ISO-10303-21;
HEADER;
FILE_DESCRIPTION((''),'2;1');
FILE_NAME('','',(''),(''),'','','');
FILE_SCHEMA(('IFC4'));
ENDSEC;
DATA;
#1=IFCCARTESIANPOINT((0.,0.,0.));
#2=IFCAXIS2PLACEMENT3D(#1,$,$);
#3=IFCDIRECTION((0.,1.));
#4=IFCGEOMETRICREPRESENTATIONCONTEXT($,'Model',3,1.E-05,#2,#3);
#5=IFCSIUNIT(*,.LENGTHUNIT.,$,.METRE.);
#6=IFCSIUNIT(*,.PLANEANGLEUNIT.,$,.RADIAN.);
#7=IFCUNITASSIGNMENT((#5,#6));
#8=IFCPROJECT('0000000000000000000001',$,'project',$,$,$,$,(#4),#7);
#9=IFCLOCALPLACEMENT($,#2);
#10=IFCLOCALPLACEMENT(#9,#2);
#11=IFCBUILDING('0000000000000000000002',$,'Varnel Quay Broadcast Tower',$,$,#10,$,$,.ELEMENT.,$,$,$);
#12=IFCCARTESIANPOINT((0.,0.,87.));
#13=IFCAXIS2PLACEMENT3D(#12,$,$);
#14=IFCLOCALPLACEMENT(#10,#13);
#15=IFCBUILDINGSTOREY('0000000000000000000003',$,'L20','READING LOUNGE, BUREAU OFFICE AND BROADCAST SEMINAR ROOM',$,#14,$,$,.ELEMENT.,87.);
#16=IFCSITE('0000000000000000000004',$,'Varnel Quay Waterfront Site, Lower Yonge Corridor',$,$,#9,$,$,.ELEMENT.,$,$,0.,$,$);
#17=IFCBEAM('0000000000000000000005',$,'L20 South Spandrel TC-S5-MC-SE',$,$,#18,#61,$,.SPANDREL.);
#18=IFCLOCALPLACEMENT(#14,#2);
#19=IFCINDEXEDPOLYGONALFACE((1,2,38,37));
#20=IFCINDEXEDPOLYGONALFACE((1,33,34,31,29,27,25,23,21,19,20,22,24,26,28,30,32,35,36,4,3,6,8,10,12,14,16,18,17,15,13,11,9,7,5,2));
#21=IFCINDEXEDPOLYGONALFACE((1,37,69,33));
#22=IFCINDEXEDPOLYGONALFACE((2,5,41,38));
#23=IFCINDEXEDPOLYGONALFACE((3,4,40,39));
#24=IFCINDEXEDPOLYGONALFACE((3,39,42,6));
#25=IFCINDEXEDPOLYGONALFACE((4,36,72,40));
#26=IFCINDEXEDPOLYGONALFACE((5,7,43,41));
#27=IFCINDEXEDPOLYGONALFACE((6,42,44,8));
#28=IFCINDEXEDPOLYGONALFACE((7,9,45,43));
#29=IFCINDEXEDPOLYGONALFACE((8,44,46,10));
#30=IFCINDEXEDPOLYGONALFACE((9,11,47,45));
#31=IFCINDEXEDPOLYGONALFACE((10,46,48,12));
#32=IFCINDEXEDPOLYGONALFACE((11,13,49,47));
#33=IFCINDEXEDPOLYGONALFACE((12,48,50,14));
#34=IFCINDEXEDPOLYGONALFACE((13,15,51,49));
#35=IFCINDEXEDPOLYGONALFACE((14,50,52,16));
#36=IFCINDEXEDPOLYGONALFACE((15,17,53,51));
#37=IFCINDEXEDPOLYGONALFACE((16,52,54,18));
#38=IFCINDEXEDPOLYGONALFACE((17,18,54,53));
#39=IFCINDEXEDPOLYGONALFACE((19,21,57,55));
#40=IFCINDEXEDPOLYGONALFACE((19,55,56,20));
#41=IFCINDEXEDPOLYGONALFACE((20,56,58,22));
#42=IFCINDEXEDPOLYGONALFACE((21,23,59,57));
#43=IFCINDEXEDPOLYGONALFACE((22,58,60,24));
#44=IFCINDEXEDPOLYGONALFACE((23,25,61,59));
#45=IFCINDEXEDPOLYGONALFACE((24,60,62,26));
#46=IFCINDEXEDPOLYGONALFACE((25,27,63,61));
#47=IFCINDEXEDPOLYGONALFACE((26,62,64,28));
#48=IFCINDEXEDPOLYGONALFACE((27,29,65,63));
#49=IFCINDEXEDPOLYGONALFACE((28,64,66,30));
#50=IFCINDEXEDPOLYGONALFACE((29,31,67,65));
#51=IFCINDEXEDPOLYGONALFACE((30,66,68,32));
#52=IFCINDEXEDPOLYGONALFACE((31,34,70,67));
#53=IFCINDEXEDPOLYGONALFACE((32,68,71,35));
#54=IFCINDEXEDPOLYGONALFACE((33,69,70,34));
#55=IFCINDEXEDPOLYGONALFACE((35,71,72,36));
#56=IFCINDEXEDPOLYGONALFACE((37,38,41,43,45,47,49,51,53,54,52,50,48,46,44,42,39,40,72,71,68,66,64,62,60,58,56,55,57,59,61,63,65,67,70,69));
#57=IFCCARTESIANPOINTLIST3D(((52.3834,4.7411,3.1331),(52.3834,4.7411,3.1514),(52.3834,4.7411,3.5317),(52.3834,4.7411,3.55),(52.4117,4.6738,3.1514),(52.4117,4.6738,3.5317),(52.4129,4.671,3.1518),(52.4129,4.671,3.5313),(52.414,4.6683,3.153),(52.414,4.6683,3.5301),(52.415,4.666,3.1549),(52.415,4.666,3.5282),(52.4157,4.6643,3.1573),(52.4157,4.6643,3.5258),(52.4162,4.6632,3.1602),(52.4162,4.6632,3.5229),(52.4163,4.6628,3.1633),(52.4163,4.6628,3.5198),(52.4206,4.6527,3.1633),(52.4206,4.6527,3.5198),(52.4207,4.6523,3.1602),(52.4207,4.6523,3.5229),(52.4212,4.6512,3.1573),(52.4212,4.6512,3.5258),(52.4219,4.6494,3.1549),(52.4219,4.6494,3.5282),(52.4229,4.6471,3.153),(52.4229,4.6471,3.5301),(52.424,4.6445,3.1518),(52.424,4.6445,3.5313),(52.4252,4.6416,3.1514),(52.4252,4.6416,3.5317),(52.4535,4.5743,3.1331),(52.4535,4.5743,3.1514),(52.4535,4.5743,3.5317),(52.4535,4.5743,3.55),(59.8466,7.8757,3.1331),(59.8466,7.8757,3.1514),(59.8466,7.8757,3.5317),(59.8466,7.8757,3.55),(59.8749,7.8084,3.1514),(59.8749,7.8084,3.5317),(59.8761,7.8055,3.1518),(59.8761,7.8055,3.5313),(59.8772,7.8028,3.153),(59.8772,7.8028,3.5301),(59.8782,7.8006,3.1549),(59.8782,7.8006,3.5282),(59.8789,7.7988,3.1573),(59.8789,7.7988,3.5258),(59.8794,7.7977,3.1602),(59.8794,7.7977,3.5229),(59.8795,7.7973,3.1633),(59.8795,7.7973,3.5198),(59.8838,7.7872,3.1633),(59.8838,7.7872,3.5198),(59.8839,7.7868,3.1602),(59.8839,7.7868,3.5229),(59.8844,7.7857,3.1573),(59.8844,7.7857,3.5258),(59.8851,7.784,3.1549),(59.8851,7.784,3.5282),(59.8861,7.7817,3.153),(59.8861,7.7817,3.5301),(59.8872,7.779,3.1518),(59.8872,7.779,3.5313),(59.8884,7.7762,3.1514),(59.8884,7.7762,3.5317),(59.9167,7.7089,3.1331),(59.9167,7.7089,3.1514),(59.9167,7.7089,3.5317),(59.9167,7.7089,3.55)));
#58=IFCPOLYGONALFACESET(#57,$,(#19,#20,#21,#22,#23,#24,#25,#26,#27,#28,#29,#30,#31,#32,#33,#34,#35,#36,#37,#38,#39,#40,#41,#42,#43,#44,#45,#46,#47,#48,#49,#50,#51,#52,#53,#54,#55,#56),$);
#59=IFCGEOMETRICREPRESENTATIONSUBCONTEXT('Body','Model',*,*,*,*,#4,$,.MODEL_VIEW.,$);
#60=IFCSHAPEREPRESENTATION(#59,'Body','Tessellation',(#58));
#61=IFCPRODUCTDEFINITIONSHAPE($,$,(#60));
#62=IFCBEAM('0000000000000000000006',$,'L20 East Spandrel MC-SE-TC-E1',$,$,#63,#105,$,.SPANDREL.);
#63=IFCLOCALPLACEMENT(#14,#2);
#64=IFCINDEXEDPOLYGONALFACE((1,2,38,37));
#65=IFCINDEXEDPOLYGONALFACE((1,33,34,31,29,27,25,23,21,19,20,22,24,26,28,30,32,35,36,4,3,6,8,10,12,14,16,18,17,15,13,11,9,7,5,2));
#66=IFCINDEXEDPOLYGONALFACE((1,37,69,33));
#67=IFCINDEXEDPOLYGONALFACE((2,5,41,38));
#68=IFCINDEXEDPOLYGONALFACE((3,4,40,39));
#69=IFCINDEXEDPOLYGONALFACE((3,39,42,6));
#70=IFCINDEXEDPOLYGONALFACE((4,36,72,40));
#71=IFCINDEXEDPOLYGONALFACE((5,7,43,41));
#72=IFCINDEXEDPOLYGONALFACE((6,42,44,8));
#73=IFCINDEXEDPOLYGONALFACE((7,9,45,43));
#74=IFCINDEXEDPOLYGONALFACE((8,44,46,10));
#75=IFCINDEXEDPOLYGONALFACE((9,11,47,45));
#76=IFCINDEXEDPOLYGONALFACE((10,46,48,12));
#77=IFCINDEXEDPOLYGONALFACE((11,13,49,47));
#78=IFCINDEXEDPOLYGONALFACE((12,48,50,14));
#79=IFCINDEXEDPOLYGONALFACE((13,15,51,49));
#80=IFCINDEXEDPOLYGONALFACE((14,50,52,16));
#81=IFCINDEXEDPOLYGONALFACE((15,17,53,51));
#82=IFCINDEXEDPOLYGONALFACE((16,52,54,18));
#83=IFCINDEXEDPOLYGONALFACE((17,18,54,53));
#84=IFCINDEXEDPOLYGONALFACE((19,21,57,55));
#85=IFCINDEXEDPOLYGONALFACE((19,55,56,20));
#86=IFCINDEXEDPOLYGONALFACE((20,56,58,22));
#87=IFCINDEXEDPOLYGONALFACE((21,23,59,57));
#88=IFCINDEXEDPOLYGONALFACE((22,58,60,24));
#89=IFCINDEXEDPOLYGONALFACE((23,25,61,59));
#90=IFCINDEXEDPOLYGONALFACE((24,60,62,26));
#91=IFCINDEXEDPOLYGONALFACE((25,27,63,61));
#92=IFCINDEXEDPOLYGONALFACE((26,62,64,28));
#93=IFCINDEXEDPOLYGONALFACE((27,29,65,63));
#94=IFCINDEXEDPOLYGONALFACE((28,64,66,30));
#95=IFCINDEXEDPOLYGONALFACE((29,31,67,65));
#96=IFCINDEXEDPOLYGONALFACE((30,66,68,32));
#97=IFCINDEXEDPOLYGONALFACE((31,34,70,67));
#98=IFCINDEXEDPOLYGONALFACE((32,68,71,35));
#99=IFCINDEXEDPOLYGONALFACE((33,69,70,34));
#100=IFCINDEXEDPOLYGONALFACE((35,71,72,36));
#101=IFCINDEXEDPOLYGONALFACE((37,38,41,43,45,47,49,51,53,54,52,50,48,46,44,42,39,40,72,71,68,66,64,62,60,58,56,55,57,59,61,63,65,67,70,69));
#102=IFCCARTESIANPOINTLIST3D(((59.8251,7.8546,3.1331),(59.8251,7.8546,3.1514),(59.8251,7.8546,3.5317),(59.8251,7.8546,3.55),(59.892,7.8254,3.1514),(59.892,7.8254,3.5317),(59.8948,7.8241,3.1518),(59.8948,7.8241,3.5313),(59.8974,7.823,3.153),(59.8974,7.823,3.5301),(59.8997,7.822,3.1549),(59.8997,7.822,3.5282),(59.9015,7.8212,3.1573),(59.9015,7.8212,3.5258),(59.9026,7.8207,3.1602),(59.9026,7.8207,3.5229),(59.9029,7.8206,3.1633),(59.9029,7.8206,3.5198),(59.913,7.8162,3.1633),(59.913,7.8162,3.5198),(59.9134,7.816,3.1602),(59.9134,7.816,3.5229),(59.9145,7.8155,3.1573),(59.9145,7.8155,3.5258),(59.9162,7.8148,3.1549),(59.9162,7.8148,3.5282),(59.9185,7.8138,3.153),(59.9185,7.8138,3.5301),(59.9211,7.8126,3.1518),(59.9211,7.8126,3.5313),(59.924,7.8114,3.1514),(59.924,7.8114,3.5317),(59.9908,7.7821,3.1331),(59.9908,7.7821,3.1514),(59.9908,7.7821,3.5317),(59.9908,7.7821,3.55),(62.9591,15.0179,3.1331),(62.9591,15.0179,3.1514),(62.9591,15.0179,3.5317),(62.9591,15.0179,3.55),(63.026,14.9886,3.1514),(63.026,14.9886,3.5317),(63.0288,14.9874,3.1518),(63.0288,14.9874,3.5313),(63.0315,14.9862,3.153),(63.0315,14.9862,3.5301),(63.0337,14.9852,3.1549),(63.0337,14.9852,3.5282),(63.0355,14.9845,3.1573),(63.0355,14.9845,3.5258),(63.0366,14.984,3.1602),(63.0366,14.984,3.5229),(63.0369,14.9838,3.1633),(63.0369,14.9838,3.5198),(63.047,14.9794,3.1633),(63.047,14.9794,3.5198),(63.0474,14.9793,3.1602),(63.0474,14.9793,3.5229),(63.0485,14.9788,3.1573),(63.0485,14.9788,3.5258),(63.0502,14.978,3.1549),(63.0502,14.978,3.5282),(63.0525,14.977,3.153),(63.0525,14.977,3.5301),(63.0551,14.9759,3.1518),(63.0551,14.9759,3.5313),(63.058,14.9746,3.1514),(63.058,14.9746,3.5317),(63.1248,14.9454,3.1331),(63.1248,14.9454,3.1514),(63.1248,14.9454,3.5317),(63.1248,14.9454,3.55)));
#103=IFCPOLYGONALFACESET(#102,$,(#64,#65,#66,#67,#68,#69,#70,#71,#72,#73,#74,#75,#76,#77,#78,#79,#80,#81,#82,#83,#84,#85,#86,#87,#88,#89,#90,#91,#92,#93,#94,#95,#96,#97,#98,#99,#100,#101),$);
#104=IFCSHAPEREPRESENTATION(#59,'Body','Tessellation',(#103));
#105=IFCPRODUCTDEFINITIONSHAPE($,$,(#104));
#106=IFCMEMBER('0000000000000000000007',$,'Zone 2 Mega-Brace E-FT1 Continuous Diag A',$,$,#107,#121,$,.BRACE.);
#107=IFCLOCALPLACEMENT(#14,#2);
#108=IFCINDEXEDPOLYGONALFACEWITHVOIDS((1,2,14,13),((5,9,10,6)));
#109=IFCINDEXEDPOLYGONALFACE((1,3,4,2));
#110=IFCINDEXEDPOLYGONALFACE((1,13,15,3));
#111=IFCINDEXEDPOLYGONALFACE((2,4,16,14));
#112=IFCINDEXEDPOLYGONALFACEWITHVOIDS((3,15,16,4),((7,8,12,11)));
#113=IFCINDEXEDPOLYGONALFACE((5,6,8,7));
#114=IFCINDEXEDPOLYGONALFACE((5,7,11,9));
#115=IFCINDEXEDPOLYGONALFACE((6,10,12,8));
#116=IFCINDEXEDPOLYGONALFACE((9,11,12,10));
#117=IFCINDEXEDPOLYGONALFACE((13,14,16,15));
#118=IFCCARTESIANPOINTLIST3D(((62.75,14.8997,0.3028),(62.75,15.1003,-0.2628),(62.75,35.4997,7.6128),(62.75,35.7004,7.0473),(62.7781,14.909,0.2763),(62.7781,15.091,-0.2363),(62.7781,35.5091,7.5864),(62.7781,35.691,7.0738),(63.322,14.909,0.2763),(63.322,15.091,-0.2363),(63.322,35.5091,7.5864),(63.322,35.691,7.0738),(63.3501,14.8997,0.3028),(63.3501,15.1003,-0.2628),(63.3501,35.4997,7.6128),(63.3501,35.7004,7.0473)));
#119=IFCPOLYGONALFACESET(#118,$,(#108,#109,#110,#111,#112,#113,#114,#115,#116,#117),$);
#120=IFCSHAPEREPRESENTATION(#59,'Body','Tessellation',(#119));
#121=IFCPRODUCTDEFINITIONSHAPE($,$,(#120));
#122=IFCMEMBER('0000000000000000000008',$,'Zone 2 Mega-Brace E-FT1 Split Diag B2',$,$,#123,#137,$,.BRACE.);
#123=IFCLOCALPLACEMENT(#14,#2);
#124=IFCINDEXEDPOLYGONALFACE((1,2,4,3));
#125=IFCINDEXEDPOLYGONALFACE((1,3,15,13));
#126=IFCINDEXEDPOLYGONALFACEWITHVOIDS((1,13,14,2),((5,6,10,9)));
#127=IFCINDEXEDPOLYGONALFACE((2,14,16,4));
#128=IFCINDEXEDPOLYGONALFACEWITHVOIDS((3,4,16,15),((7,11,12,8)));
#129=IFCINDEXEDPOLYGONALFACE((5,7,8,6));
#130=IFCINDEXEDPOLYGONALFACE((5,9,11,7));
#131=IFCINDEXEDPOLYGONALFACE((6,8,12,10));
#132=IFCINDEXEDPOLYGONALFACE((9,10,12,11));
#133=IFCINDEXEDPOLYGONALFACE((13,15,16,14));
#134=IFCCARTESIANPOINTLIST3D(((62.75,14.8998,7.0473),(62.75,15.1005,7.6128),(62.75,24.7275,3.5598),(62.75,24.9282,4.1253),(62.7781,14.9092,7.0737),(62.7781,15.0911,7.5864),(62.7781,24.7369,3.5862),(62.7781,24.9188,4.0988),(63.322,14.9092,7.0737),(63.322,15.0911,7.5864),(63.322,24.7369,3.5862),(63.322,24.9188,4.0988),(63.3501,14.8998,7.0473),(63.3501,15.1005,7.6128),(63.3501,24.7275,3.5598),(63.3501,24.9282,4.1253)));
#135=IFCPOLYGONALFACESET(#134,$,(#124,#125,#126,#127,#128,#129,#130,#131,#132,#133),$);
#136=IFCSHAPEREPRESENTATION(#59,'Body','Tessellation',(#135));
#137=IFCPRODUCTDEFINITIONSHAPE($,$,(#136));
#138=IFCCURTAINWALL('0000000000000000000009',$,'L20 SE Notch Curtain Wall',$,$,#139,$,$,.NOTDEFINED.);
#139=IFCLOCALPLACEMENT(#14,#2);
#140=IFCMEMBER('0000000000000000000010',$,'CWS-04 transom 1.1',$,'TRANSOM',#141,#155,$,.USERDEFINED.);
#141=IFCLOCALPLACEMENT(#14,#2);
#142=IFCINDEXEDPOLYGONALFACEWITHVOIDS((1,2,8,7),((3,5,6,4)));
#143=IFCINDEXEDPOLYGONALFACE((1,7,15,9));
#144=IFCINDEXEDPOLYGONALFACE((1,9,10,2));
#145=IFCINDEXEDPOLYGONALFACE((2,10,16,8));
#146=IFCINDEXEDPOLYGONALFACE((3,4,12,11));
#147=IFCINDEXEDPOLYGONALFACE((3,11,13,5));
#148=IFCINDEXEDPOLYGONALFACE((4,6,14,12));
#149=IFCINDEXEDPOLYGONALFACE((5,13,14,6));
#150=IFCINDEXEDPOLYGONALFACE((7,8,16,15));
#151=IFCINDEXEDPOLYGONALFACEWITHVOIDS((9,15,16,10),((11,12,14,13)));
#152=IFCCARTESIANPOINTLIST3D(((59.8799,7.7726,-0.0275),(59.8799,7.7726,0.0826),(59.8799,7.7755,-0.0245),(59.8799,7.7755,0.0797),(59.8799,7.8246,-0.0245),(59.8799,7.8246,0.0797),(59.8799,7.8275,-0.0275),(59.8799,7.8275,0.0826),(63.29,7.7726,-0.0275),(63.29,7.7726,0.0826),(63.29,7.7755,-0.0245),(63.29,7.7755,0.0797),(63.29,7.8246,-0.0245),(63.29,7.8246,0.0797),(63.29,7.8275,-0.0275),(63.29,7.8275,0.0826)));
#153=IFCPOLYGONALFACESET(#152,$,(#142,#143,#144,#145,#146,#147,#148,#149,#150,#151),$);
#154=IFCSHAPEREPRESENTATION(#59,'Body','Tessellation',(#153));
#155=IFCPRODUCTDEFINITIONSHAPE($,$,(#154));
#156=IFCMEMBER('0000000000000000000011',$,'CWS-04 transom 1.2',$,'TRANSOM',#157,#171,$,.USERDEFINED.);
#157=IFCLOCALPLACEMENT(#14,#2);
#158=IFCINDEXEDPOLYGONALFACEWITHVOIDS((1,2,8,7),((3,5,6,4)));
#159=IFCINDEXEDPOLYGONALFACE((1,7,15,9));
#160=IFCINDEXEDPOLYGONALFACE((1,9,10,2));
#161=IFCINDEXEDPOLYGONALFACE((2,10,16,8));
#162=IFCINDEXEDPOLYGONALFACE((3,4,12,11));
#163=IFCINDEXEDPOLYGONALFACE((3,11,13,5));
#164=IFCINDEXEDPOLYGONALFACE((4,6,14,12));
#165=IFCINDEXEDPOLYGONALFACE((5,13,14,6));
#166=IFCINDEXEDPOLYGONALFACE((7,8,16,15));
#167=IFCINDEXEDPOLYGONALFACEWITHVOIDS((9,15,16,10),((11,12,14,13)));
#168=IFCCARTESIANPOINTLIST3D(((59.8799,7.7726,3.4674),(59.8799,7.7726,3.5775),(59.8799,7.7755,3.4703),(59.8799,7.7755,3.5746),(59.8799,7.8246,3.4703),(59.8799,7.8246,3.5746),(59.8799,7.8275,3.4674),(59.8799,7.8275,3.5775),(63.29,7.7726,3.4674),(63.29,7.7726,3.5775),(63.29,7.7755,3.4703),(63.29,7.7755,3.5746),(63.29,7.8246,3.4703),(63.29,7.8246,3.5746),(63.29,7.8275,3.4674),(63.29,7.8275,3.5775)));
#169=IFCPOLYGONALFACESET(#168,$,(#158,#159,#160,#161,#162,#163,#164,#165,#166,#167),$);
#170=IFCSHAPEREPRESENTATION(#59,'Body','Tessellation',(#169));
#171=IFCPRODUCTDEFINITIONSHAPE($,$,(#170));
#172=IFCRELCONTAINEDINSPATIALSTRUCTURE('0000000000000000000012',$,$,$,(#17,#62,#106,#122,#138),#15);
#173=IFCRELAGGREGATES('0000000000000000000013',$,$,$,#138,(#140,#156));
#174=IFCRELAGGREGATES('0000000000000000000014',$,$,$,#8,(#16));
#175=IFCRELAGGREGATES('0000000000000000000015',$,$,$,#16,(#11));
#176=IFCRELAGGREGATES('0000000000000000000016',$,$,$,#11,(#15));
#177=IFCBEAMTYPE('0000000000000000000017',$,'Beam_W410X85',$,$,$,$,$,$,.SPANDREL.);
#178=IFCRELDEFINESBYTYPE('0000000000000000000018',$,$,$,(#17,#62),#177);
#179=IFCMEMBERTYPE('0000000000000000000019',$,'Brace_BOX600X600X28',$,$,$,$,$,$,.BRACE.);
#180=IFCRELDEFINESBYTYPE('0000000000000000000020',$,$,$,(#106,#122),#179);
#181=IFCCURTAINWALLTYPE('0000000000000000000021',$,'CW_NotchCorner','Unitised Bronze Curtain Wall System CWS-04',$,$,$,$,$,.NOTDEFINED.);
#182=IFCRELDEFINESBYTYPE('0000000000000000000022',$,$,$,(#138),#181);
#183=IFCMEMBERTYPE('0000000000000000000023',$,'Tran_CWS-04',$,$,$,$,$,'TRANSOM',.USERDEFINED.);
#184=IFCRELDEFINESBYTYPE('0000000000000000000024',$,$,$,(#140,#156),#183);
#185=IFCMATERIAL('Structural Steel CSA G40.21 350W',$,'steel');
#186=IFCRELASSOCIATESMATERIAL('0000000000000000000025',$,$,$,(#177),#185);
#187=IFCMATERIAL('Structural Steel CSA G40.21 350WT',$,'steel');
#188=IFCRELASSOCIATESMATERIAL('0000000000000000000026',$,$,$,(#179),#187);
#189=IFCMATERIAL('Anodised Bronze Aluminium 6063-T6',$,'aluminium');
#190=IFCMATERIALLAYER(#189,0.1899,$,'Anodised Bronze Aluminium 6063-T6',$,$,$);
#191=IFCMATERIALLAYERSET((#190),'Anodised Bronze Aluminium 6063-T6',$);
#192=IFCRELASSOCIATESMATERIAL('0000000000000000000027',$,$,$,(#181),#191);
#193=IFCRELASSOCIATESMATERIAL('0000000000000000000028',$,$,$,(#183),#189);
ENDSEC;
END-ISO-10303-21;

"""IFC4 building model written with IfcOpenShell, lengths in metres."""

from ifc_helpers import new_model, si_unit, direction, frame, origin, origin_2d, place, context, subcontext, project, spatial, hollow_rectangle, i_section, extrude, source, transform, mapped, material, layer, layer_set, material_profile, profile_set, type_object, type_shapes, element, aggregate, save


model = new_model("IFC4")

# Units and contexts
model_context = context("Model", 3, precision=1e-05, world=origin(), true_north=direction((0.0, 1.0)))
body_context = subcontext(model_context, "Body", "Model", "MODEL_VIEW")
ifc_project = project(units=[si_unit("LENGTHUNIT", "METRE"), si_unit("PLANEANGLEUNIT", "RADIAN")], contexts=[model_context])

# Site, building, storey
site_placement = place(None, origin())
site = spatial("IfcSite", under=ifc_project, at=site_placement, Name="Varnel Quay Waterfront Site, Lower Yonge Corridor", CompositionType="ELEMENT", RefElevation=0.0)
building_placement = place(site_placement, origin())
building = spatial("IfcBuilding", under=site, at=building_placement, Name="Varnel Quay Broadcast Tower", CompositionType="ELEMENT")
storey_placement = place(building_placement, frame((0.0, 0.0, 87.0)))
storey = spatial("IfcBuildingStorey", under=building, at=storey_placement, Name="L20", Description="READING LOUNGE, BUREAU OFFICE AND BROADCAST SEMINAR ROOM", CompositionType="ELEMENT", Elevation=87.0)

# Shared definitions
ifc_material_1 = material(Name="Structural Steel CSA G40.21 350WT", Category="steel")
ifc_material_2 = material(Name="Structural Steel CSA G40.21 350W", Category="steel")

# Beams
ifc_material_profile_1 = material_profile(ifc_material_2, i_section(OverallWidth=0.1809, OverallDepth=0.417, WebThickness=0.011, FlangeThickness=0.0183, FilletRadius=0.012, at=origin_2d()), Name="W410X85")
ifc_profile_set_1 = profile_set([ifc_material_profile_1], Name="Structural Steel CSA G40.21 350W")
beam_type = type_object("IfcBeamType", Name="Beam_W410X85", PredefinedType="SPANDREL", material=ifc_profile_set_1)
shared_shape_1 = source(origin(), body_context, "Body", "SweptSolid", [
    extrude(i_section(OverallWidth=0.1809, OverallDepth=0.417, WebThickness=0.011, FlangeThickness=0.0183, FilletRadius=0.012, at=origin_2d()), origin(), (0.0, 0.0, 1.0), 8.0947),
])
beam_1_placement = place(storey_placement, frame((52.4185, 4.6577, 3.3416), z_axis=(0.921982, 0.387233, 0.0), x_axis=(-0.387233, 0.921982, 0.0)))
element("IfcBeam", 1, at=beam_1_placement, inside=storey, type_object=beam_type, Name="L20 South Spandrel TC-S5-MC-SE", PredefinedType="SPANDREL", context=body_context, shape_type="MappedRepresentation", body=[
    mapped(shared_shape_1, transform((0.0, 0.0, 0.0), x_axis=(1.0, 0.0, 0.0), y_axis=(0.0, 1.0, 0.0), z_axis=(0.0, 0.0, 1.0), scale=1.0)),
])
shared_shape_2 = source(origin(), body_context, "Body", "SweptSolid", [
    extrude(i_section(OverallWidth=0.1809, OverallDepth=0.417, WebThickness=0.011, FlangeThickness=0.0183, FilletRadius=0.012, at=origin_2d()), origin(), (0.0, 0.0, 1.0), 7.8188),
])
beam_2_placement = place(storey_placement, frame((59.908, 7.8184, 3.3416), z_axis=(0.400827, 0.916154, 0.0), x_axis=(-0.916154, 0.400827, 0.0)))
element("IfcBeam", 2, at=beam_2_placement, inside=storey, type_object=beam_type, Name="L20 East Spandrel MC-SE-TC-E1", PredefinedType="SPANDREL", context=body_context, shape_type="MappedRepresentation", body=[
    mapped(shared_shape_2, transform((0.0, 0.0, 0.0), x_axis=(1.0, 0.0, 0.0), y_axis=(0.0, 1.0, 0.0), z_axis=(0.0, 0.0, 1.0), scale=1.0)),
])

# Members
ifc_material_profile_2 = material_profile(ifc_material_1, hollow_rectangle(XDim=0.6001, YDim=0.6001, WallThickness=0.0281, at=origin_2d()), Name="BOX600X600X28")
ifc_profile_set_2 = profile_set([ifc_material_profile_2], Name="Structural Steel CSA G40.21 350WT")
member_type_1 = type_object("IfcMemberType", Name="Brace_BOX600X600X28", PredefinedType="BRACE", material=ifc_profile_set_2)
shared_shape_3 = source(origin(), body_context, "Body", "SweptSolid", [
    extrude(hollow_rectangle(XDim=0.6001, YDim=0.6001, WallThickness=0.0281, at=origin_2d()), origin(), (0.0, 0.0, 1.0), 21.8586),
])
member_1_placement = place(storey_placement, frame((63.05, 15.0, 0.02), z_axis=(0.0, 0.942423, 0.334424), x_axis=(-1.0, 0.0, 0.0)))
element("IfcMember", 3, at=member_1_placement, inside=storey, type_object=member_type_1, Name="Zone 2 Mega-Brace E-FT1 Continuous Diag A", PredefinedType="BRACE", context=body_context, shape_type="MappedRepresentation", body=[
    mapped(shared_shape_3, transform((0.0, 0.0, 0.0), x_axis=(1.0, 0.0, 0.0), y_axis=(0.0, 1.0, 0.0), z_axis=(0.0, 0.0, 1.0), scale=1.0)),
])
shared_shape_4 = source(origin(), body_context, "Body", "SweptSolid", [
    extrude(hollow_rectangle(XDim=0.6001, YDim=0.6001, WallThickness=0.0281, at=origin_2d()), origin(), (0.0, 0.0, 1.0), 10.4282),
])
type_shapes(member_type_1, [shared_shape_3, shared_shape_4])
member_2_placement = place(storey_placement, frame((63.05, 24.8279, 3.8425), z_axis=(0.0, -0.942421, 0.33443), x_axis=(1.0, 0.0, 0.0)))
element("IfcMember", 4, at=member_2_placement, inside=storey, type_object=member_type_1, Name="Zone 2 Mega-Brace E-FT1 Split Diag B2", PredefinedType="BRACE", context=body_context, shape_type="MappedRepresentation", body=[
    mapped(shared_shape_4, transform((0.0, 0.0, 0.0), x_axis=(1.0, 0.0, 0.0), y_axis=(0.0, 1.0, 0.0), z_axis=(0.0, 0.0, 1.0), scale=1.0)),
])

# Curtain wall, members
ifc_material_3 = material(Name="Anodised Bronze Aluminium 6063-T6", Category="aluminium")
ifc_layer_1 = layer(ifc_material_3, 0.1899, Name="Anodised Bronze Aluminium 6063-T6")
ifc_layer_set_1 = layer_set([ifc_layer_1], Name="Anodised Bronze Aluminium 6063-T6")
curtain_wall_type_1 = type_object("IfcCurtainWallType", Name="CW_NotchCorner", Description="Unitised Bronze Curtain Wall System CWS-04", PredefinedType="NOTDEFINED", material=ifc_layer_set_1)
curtain_wall_1_placement = place(storey_placement, origin())
curtain_wall_1 = element("IfcCurtainWall", 5, at=curtain_wall_1_placement, inside=storey, type_object=curtain_wall_type_1, Name="L20 SE Notch Curtain Wall", PredefinedType="NOTDEFINED")
ifc_material_profile_3 = material_profile(ifc_material_3, hollow_rectangle(XDim=0.0549, YDim=0.1101, WallThickness=0.0029, at=origin_2d()), Name="ALU55X110X3")
ifc_profile_set_3 = profile_set([ifc_material_profile_3], Name="Anodised Bronze Aluminium 6063-T6")
member_type_2 = type_object("IfcMemberType", Name="Tran_CWS-04", ElementType="TRANSOM", PredefinedType="USERDEFINED", material=ifc_profile_set_3)
shared_shape_5 = source(origin(), body_context, "Body", "SweptSolid", [
    extrude(hollow_rectangle(XDim=0.0549, YDim=0.1101, WallThickness=0.0029, at=origin_2d()), origin(), (0.0, 0.0, 1.0), 3.4102),
])
type_shapes(member_type_2, [shared_shape_5])
member_3_placement = place(storey_placement, frame((59.8799, 7.8, 0.0276), z_axis=(1.0, 0.0, 0.0), x_axis=(0.0, 1.0, 0.0)))
member_3 = element("IfcMember", 6, at=member_3_placement, type_object=member_type_2, Name="CWS-04 transom 1.1", ObjectType="TRANSOM", PredefinedType="USERDEFINED", context=body_context, shape_type="MappedRepresentation", body=[
    mapped(shared_shape_5, transform((0.0, 0.0, 0.0), x_axis=(1.0, 0.0, 0.0), y_axis=(0.0, 1.0, 0.0), z_axis=(0.0, 0.0, 1.0), scale=1.0)),
])
member_4_placement = place(storey_placement, frame((59.8799, 7.8, 3.5225), z_axis=(1.0, 0.0, 0.0), x_axis=(0.0, 1.0, 0.0)))
member_4 = element("IfcMember", 7, at=member_4_placement, type_object=member_type_2, Name="CWS-04 transom 1.2", ObjectType="TRANSOM", PredefinedType="USERDEFINED", context=body_context, shape_type="MappedRepresentation", body=[
    mapped(shared_shape_5, transform((0.0, 0.0, 0.0), x_axis=(1.0, 0.0, 0.0), y_axis=(0.0, 1.0, 0.0), z_axis=(0.0, 0.0, 1.0), scale=1.0)),
])

aggregate(curtain_wall_1, [member_3, member_4])

save(model, "model.ifc")
